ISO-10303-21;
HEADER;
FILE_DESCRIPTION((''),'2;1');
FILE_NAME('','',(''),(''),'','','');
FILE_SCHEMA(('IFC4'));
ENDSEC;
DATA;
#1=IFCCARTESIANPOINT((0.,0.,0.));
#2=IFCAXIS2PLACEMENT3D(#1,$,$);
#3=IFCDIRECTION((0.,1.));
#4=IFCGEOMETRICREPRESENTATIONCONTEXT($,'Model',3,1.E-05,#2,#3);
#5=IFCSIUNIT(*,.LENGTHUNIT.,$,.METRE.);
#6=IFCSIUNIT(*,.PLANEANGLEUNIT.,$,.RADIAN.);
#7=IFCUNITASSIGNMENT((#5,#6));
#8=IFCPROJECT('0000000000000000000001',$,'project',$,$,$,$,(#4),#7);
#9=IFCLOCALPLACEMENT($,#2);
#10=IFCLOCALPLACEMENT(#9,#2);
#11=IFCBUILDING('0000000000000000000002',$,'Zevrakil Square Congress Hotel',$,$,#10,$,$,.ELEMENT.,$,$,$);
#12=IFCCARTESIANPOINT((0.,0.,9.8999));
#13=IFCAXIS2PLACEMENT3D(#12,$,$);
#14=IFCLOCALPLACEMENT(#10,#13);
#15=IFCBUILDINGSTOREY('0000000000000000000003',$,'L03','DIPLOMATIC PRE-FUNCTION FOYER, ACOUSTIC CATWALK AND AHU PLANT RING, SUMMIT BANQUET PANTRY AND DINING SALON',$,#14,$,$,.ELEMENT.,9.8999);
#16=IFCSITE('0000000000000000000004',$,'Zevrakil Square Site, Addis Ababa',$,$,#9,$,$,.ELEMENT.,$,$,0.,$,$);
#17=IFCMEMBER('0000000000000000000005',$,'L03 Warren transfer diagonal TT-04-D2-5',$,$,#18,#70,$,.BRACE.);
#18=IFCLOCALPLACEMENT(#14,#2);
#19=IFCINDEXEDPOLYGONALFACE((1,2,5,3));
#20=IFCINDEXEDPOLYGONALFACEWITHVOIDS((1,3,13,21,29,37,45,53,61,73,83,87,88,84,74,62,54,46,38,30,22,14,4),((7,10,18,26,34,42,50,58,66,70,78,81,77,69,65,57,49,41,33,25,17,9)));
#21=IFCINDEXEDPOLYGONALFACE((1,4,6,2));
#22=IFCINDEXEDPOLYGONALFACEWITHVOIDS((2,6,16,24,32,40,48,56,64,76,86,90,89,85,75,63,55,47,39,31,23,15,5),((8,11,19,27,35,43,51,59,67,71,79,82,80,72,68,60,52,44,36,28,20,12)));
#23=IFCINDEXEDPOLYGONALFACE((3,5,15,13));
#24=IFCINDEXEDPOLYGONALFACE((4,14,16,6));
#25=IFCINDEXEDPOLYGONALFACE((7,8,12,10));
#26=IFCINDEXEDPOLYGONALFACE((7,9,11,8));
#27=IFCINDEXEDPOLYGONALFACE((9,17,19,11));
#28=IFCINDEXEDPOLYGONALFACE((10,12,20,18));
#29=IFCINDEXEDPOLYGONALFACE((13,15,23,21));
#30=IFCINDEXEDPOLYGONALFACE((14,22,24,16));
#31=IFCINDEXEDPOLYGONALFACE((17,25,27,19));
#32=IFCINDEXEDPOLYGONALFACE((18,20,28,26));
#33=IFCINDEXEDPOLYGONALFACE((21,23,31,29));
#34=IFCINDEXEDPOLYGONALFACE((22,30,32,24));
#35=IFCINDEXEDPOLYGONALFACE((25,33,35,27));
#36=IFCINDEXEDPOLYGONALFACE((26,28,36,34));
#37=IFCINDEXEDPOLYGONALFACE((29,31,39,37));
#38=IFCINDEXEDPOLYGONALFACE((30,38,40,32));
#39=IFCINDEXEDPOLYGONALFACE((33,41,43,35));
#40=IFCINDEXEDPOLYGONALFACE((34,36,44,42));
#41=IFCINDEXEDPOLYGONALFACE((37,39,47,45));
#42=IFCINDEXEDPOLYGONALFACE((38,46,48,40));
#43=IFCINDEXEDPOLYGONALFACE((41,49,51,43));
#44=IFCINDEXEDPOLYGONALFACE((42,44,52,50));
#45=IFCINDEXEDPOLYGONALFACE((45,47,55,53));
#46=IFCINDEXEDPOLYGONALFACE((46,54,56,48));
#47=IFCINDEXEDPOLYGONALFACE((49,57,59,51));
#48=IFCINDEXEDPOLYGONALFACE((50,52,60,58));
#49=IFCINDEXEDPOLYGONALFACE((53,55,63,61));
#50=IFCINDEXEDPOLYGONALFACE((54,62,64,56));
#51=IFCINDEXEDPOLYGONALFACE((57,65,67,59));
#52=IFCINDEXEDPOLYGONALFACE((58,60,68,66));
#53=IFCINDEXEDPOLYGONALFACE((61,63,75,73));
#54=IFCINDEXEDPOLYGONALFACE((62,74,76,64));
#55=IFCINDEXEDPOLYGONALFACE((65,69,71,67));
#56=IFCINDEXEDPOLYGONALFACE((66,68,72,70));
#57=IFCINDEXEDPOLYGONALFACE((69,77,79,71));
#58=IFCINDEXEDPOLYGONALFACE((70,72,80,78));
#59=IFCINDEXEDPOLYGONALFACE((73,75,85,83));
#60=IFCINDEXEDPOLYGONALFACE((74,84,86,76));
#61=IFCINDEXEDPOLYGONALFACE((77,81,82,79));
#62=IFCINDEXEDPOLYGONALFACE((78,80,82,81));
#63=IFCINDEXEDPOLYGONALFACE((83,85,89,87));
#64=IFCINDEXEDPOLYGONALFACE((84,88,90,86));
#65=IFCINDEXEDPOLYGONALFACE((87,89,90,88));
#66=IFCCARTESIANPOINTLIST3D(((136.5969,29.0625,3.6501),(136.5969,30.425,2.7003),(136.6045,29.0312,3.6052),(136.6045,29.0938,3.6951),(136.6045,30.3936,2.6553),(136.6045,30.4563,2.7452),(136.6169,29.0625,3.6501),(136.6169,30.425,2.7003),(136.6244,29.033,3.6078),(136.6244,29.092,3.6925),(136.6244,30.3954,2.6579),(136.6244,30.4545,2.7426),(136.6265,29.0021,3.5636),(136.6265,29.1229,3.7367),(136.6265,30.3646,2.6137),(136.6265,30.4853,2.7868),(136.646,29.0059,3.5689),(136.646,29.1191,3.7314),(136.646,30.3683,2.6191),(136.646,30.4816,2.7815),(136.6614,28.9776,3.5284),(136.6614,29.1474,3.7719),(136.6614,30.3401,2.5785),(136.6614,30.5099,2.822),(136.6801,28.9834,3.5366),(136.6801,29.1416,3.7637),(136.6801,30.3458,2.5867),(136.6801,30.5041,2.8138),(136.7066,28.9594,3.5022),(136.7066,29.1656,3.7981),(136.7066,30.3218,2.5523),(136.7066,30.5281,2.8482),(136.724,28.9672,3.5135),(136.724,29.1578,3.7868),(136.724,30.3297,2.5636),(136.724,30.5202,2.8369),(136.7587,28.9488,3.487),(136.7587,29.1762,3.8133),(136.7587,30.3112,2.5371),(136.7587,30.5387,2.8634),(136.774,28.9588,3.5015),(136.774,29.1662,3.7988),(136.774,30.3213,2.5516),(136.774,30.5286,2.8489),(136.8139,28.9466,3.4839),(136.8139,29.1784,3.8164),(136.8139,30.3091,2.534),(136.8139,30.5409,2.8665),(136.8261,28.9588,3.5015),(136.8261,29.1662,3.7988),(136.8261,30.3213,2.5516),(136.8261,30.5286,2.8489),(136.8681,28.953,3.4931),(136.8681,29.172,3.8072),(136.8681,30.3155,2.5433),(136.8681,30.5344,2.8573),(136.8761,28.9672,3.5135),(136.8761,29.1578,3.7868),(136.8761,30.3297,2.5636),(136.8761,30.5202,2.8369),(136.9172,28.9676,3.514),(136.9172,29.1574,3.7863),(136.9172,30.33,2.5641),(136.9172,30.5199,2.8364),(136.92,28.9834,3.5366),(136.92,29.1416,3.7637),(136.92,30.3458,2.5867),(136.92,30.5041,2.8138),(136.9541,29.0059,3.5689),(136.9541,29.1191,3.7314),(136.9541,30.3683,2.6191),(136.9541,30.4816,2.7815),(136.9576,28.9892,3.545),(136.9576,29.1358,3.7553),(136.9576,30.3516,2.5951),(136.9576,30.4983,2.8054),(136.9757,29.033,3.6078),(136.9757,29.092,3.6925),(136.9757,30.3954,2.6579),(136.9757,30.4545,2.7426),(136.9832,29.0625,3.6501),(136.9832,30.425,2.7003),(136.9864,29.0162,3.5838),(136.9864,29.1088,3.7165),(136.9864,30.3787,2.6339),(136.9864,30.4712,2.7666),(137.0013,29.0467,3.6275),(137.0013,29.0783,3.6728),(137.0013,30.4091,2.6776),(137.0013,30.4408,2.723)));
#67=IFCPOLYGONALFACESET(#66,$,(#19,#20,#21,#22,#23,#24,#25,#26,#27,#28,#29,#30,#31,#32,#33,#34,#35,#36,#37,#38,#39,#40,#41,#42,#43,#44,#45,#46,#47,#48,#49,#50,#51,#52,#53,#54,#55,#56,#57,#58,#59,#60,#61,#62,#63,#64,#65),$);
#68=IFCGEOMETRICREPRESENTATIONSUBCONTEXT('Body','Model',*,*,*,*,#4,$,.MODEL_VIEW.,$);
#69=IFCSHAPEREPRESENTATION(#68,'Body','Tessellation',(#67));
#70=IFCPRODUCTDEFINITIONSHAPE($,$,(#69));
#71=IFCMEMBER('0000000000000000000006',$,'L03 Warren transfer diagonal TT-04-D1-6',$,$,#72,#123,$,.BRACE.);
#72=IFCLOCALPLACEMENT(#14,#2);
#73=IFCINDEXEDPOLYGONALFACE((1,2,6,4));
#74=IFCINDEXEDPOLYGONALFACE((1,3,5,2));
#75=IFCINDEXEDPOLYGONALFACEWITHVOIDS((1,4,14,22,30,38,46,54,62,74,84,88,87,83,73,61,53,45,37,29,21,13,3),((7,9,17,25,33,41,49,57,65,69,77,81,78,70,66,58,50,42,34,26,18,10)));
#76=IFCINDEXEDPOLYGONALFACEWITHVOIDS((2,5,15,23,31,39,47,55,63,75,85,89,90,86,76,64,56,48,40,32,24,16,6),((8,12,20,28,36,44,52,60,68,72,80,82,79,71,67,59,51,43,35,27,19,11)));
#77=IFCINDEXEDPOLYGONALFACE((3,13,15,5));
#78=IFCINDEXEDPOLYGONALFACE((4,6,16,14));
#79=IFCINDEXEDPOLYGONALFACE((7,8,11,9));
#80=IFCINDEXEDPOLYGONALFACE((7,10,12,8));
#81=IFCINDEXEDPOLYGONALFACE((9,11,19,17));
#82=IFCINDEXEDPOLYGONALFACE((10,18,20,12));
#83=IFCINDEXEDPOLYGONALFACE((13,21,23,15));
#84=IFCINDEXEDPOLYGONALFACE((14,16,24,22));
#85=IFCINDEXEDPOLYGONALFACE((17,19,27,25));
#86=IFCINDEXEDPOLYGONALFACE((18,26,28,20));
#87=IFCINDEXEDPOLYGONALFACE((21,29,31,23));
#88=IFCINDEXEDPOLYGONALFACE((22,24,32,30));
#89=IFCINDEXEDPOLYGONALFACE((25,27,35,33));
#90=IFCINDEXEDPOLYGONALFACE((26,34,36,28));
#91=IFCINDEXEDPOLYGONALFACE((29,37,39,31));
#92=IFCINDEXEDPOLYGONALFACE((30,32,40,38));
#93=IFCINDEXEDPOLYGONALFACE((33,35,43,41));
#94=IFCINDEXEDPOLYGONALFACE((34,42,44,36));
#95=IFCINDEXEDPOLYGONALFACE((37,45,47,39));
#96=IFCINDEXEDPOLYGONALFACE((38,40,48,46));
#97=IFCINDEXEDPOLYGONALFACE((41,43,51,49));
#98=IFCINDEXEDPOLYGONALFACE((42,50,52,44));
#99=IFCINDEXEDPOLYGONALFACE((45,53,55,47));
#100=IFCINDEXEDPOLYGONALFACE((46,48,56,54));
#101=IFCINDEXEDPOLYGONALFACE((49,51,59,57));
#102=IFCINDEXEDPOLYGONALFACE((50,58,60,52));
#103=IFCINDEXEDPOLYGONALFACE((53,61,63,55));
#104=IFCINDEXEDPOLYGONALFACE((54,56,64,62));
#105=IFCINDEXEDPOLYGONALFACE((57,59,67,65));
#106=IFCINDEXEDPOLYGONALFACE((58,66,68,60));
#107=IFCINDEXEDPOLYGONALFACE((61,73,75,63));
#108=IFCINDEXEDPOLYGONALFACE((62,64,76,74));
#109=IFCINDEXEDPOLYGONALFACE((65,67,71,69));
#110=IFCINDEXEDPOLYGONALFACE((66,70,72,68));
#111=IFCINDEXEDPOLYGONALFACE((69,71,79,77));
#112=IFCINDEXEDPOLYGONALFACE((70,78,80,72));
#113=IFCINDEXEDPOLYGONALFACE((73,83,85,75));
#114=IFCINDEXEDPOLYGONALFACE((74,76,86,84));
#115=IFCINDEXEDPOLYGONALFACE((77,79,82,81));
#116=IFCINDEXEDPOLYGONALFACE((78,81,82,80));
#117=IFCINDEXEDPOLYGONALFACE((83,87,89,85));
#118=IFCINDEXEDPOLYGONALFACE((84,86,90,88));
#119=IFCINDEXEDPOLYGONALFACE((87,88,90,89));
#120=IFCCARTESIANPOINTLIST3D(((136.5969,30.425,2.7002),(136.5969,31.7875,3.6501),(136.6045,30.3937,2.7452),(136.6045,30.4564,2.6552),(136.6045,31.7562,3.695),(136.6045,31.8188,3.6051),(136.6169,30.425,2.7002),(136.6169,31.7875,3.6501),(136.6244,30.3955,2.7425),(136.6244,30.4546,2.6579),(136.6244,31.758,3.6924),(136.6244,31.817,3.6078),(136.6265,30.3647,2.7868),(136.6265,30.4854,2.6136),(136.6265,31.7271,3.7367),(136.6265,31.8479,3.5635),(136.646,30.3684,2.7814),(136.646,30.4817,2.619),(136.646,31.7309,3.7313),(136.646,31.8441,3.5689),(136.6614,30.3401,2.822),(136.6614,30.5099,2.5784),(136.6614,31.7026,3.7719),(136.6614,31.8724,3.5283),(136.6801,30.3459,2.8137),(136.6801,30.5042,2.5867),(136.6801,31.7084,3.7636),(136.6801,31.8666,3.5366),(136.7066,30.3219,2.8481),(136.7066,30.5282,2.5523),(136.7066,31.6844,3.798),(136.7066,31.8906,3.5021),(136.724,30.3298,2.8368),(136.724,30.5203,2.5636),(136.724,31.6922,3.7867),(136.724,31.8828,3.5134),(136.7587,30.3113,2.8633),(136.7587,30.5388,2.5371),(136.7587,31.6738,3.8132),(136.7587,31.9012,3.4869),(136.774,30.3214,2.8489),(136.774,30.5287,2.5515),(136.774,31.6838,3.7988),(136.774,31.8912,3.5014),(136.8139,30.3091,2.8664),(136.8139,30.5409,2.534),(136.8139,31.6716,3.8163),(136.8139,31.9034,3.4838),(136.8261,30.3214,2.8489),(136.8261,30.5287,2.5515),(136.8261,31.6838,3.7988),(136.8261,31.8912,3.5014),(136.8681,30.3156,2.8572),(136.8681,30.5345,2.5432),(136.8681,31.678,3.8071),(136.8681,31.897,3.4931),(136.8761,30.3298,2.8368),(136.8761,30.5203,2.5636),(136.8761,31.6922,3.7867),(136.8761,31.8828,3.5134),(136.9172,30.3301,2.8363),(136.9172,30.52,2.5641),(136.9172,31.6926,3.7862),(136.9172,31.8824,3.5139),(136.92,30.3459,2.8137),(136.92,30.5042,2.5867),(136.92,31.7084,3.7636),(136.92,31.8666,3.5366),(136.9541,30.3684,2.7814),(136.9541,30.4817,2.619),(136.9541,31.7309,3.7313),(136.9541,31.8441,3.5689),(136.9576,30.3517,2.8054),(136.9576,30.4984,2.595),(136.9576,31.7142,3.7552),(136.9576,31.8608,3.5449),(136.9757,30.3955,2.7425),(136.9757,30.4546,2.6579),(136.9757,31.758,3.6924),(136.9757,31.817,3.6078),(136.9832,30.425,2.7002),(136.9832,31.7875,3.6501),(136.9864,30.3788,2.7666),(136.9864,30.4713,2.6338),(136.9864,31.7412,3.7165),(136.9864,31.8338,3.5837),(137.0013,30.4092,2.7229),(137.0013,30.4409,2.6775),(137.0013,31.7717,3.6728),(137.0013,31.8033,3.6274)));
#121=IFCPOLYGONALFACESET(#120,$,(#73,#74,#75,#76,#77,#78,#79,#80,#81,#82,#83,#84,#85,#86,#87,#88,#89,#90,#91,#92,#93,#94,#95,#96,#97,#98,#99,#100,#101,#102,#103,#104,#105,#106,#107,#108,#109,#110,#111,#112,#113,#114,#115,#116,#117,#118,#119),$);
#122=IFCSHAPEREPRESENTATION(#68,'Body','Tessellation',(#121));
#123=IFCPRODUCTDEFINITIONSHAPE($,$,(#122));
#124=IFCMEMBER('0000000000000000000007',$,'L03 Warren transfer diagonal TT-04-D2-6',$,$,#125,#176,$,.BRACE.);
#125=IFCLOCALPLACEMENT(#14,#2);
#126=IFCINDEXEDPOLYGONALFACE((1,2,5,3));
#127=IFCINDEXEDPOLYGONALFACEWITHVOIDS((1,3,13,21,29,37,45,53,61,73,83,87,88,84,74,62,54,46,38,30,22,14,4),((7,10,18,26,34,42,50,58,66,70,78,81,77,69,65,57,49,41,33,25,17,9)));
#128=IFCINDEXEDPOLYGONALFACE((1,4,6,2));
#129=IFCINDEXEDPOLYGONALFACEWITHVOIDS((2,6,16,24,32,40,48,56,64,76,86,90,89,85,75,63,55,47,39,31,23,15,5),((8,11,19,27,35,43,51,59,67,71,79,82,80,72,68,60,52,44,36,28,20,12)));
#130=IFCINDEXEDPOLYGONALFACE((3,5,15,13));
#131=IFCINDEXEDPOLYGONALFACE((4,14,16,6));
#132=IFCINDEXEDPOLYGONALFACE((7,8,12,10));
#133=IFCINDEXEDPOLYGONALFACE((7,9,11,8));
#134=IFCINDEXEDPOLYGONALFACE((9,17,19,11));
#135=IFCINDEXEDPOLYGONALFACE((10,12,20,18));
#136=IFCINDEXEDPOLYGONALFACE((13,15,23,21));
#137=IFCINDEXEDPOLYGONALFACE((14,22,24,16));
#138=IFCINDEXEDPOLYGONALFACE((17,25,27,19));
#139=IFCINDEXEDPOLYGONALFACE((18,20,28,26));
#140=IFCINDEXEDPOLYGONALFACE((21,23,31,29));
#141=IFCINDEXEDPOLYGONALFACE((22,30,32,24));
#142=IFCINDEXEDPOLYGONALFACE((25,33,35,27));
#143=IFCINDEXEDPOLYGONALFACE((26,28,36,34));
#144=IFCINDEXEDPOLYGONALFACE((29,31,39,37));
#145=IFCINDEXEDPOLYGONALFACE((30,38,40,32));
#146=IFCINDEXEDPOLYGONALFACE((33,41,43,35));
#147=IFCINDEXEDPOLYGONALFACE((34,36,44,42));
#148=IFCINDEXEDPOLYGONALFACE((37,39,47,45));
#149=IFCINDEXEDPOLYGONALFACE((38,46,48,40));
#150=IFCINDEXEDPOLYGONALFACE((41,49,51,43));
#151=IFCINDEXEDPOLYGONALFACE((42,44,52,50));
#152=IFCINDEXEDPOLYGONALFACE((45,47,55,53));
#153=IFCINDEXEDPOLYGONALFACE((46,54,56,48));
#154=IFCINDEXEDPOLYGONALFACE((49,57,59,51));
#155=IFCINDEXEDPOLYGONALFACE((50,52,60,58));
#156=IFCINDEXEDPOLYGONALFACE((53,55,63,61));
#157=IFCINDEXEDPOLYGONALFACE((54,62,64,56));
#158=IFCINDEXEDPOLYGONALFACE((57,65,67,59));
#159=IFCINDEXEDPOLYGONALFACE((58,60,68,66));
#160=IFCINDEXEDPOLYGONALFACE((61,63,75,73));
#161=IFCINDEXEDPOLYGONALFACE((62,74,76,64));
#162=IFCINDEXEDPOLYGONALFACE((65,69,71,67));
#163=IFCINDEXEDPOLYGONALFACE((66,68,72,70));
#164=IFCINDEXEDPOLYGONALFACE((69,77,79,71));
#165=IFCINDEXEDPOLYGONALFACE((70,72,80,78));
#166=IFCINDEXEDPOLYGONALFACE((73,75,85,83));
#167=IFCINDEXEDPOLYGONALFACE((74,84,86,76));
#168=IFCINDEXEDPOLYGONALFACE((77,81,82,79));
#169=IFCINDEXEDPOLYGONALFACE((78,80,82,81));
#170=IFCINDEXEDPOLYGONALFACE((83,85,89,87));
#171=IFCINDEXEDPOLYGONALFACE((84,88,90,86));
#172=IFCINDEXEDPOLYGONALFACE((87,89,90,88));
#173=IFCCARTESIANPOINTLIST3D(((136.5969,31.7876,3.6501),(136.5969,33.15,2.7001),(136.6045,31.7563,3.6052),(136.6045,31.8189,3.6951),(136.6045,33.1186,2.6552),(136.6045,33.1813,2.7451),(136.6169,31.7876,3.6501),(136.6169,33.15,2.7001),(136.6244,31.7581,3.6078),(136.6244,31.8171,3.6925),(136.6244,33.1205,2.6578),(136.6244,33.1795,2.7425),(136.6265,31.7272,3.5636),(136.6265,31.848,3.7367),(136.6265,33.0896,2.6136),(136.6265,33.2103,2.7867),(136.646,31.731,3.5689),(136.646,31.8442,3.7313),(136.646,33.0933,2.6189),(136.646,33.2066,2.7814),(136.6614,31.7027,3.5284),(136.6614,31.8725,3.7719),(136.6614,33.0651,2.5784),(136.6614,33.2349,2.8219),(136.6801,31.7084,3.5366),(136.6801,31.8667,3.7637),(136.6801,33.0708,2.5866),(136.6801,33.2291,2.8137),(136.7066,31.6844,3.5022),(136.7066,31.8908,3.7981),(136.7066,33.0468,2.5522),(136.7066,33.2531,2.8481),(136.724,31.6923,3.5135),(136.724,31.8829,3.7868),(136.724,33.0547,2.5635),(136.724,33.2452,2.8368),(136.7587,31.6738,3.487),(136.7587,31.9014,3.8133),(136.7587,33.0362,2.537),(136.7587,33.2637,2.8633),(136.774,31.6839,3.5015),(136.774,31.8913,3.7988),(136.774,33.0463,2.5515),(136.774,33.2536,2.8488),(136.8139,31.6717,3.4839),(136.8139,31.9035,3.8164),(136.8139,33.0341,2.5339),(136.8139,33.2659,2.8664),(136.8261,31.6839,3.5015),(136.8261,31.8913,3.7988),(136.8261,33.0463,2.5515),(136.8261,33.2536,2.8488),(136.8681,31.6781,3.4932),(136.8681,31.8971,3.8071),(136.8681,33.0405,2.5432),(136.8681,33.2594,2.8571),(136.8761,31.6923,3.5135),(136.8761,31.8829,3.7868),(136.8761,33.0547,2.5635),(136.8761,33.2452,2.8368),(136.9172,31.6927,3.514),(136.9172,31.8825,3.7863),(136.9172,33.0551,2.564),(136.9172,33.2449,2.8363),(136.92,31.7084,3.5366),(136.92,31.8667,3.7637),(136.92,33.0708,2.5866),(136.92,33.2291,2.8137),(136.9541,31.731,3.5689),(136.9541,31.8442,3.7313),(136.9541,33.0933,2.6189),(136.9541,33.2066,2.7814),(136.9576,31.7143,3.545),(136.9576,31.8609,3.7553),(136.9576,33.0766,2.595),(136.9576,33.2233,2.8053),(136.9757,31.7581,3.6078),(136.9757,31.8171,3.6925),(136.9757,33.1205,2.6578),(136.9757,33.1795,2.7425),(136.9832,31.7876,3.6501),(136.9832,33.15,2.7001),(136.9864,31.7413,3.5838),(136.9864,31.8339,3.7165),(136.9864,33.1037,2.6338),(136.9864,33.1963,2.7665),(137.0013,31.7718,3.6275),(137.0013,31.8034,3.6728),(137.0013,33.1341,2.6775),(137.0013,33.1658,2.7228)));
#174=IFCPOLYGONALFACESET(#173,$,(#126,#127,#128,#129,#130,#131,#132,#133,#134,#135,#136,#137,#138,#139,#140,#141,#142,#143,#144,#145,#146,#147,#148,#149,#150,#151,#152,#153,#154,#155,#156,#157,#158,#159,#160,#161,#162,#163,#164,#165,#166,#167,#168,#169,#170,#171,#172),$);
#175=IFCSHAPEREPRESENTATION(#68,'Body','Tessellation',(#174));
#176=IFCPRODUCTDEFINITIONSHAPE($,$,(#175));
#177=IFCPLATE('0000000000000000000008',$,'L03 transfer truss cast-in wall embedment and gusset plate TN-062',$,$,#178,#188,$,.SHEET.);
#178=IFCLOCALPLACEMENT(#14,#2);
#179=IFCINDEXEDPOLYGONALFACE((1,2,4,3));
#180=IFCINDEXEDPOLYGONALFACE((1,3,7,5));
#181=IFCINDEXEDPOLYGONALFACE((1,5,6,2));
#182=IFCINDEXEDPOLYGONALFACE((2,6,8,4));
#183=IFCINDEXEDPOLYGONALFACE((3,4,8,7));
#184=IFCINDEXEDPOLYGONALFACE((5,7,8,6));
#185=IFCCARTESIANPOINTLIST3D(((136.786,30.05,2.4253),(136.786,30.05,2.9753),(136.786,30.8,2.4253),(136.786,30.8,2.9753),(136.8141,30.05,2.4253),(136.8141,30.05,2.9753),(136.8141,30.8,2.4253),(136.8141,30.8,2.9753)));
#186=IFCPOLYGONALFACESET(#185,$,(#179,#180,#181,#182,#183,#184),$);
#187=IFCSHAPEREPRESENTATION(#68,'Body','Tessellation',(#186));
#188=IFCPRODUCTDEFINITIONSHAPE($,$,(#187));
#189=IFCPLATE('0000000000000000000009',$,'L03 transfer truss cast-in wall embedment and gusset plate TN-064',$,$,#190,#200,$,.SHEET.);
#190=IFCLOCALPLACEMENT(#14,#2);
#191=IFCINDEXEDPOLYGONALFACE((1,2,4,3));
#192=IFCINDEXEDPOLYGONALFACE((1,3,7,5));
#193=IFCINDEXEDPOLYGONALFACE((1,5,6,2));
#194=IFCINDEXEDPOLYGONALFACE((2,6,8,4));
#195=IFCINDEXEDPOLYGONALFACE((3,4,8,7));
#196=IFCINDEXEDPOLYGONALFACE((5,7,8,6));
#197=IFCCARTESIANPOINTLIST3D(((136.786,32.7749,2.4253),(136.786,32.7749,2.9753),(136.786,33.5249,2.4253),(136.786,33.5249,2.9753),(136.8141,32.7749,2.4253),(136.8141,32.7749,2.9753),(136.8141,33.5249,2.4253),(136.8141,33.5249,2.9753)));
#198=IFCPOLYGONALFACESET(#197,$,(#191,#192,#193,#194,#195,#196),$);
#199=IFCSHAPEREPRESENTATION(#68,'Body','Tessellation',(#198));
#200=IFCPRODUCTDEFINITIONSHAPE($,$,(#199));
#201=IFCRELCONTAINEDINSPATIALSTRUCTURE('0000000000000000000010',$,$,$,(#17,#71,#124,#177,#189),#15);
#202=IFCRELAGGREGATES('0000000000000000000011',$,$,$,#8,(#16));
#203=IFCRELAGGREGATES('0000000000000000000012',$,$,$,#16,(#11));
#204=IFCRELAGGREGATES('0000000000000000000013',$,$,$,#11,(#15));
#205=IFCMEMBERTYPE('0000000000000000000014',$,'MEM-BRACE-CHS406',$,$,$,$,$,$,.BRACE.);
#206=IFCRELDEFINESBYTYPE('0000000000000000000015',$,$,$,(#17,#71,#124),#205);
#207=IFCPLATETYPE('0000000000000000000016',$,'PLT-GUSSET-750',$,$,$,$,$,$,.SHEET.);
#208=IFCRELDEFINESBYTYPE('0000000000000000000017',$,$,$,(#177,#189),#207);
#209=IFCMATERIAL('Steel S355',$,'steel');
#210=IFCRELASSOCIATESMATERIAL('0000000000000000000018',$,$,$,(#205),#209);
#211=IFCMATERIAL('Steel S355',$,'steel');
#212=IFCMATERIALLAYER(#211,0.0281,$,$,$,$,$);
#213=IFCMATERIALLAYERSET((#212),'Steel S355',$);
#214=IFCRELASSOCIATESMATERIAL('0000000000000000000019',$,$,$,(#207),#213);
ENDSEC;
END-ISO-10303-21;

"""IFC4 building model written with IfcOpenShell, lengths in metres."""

from ifc_helpers import new_model, si_unit, direction, frame, origin, origin_2d, place, context, subcontext, project, spatial, rectangle, hollow_circle, extrude, material, layer, layer_set, material_profile, profile_set, type_object, element, save


model = new_model("IFC4")

# Units and contexts
model_context = context("Model", 3, precision=1e-05, world=origin(), true_north=direction((0.0, 1.0)))
body_context = subcontext(model_context, "Body", "Model", "MODEL_VIEW")
ifc_project = project(units=[si_unit("LENGTHUNIT", "METRE"), si_unit("PLANEANGLEUNIT", "RADIAN")], contexts=[model_context])

# Site, building, storey
site_placement = place(None, origin())
site = spatial("IfcSite", under=ifc_project, at=site_placement, Name="Zevrakil Square Site, Addis Ababa", CompositionType="ELEMENT", RefElevation=0.0)
building_placement = place(site_placement, origin())
building = spatial("IfcBuilding", under=site, at=building_placement, Name="Zevrakil Square Congress Hotel", CompositionType="ELEMENT")
storey_placement = place(building_placement, frame((0.0, 0.0, 9.8999)))
storey = spatial("IfcBuildingStorey", under=building, at=storey_placement, Name="L03", Description="DIPLOMATIC PRE-FUNCTION FOYER, ACOUSTIC CATWALK AND AHU PLANT RING, SUMMIT BANQUET PANTRY AND DINING SALON", CompositionType="ELEMENT", Elevation=9.8999)

# Members
ifc_material_1 = material(Name="Steel S355", Category="steel")
ifc_material_profile = material_profile(ifc_material_1, hollow_circle(Radius=0.2031, WallThickness=0.02, at=origin_2d()), Name="CHS 406.4x20")
ifc_profile_set = profile_set([ifc_material_profile], Name="Steel S355")
member_type = type_object("IfcMemberType", Name="MEM-BRACE-CHS406", PredefinedType="BRACE", material=ifc_profile_set)
for number, where, z_axis, x_axis, name in (
    (1, (136.8, 29.0625, 3.6501), (0.0, 0.820315, -0.571913), (-1.0, 0.0, 0.0), "L03 Warren transfer diagonal TT-04-D2-5"),
    (2, (136.8, 30.425, 2.7002), (0.0, 0.820315, 0.571913), (-1.0, 0.0, 0.0), "L03 Warren transfer diagonal TT-04-D1-6"),
    (3, (136.8, 31.7876, 3.6501), (0.0, 0.820266, -0.571982), (-1.0, 0.0, 0.0), "L03 Warren transfer diagonal TT-04-D2-6"),
):
    element("IfcMember", number, at=place(storey_placement, frame(where, z_axis=z_axis, x_axis=x_axis)), inside=storey, type_object=member_type, Name=name, PredefinedType="BRACE", context=body_context, shape_type="SweptSolid", body=[
        extrude(hollow_circle(Radius=0.2031, WallThickness=0.02, at=origin_2d()), origin(), (0.0, 0.0, 1.0), 1.6609),
    ])

# Plates
ifc_material_2 = material(Name="Steel S355", Category="steel")
ifc_layer_1 = layer(ifc_material_2, 0.0281)
ifc_layer_set_1 = layer_set([ifc_layer_1], Name="Steel S355")
plate_type_1 = type_object("IfcPlateType", Name="PLT-GUSSET-750", PredefinedType="SHEET", material=ifc_layer_set_1)
for number, where, z_axis, x_axis, name in (
    (4, (136.8, 30.425, 2.4253), (0.0, 0.0, 1.0), (0.0, 1.0, 0.0), "L03 transfer truss cast-in wall embedment and gusset plate TN-062"),
    (5, (136.8, 33.1499, 2.4253), (0.0, 0.0, 1.0), (0.0, 1.0, 0.0), "L03 transfer truss cast-in wall embedment and gusset plate TN-064"),
):
    element("IfcPlate", number, at=place(storey_placement, frame(where, z_axis=z_axis, x_axis=x_axis)), inside=storey, type_object=plate_type_1, Name=name, PredefinedType="SHEET", context=body_context, shape_type="SweptSolid", body=[
        extrude(rectangle(XDim=0.75, YDim=0.0281, at=origin_2d()), origin(), (0.0, 0.0, 1.0), 0.55),
    ])

save(model, "model.ifc")
